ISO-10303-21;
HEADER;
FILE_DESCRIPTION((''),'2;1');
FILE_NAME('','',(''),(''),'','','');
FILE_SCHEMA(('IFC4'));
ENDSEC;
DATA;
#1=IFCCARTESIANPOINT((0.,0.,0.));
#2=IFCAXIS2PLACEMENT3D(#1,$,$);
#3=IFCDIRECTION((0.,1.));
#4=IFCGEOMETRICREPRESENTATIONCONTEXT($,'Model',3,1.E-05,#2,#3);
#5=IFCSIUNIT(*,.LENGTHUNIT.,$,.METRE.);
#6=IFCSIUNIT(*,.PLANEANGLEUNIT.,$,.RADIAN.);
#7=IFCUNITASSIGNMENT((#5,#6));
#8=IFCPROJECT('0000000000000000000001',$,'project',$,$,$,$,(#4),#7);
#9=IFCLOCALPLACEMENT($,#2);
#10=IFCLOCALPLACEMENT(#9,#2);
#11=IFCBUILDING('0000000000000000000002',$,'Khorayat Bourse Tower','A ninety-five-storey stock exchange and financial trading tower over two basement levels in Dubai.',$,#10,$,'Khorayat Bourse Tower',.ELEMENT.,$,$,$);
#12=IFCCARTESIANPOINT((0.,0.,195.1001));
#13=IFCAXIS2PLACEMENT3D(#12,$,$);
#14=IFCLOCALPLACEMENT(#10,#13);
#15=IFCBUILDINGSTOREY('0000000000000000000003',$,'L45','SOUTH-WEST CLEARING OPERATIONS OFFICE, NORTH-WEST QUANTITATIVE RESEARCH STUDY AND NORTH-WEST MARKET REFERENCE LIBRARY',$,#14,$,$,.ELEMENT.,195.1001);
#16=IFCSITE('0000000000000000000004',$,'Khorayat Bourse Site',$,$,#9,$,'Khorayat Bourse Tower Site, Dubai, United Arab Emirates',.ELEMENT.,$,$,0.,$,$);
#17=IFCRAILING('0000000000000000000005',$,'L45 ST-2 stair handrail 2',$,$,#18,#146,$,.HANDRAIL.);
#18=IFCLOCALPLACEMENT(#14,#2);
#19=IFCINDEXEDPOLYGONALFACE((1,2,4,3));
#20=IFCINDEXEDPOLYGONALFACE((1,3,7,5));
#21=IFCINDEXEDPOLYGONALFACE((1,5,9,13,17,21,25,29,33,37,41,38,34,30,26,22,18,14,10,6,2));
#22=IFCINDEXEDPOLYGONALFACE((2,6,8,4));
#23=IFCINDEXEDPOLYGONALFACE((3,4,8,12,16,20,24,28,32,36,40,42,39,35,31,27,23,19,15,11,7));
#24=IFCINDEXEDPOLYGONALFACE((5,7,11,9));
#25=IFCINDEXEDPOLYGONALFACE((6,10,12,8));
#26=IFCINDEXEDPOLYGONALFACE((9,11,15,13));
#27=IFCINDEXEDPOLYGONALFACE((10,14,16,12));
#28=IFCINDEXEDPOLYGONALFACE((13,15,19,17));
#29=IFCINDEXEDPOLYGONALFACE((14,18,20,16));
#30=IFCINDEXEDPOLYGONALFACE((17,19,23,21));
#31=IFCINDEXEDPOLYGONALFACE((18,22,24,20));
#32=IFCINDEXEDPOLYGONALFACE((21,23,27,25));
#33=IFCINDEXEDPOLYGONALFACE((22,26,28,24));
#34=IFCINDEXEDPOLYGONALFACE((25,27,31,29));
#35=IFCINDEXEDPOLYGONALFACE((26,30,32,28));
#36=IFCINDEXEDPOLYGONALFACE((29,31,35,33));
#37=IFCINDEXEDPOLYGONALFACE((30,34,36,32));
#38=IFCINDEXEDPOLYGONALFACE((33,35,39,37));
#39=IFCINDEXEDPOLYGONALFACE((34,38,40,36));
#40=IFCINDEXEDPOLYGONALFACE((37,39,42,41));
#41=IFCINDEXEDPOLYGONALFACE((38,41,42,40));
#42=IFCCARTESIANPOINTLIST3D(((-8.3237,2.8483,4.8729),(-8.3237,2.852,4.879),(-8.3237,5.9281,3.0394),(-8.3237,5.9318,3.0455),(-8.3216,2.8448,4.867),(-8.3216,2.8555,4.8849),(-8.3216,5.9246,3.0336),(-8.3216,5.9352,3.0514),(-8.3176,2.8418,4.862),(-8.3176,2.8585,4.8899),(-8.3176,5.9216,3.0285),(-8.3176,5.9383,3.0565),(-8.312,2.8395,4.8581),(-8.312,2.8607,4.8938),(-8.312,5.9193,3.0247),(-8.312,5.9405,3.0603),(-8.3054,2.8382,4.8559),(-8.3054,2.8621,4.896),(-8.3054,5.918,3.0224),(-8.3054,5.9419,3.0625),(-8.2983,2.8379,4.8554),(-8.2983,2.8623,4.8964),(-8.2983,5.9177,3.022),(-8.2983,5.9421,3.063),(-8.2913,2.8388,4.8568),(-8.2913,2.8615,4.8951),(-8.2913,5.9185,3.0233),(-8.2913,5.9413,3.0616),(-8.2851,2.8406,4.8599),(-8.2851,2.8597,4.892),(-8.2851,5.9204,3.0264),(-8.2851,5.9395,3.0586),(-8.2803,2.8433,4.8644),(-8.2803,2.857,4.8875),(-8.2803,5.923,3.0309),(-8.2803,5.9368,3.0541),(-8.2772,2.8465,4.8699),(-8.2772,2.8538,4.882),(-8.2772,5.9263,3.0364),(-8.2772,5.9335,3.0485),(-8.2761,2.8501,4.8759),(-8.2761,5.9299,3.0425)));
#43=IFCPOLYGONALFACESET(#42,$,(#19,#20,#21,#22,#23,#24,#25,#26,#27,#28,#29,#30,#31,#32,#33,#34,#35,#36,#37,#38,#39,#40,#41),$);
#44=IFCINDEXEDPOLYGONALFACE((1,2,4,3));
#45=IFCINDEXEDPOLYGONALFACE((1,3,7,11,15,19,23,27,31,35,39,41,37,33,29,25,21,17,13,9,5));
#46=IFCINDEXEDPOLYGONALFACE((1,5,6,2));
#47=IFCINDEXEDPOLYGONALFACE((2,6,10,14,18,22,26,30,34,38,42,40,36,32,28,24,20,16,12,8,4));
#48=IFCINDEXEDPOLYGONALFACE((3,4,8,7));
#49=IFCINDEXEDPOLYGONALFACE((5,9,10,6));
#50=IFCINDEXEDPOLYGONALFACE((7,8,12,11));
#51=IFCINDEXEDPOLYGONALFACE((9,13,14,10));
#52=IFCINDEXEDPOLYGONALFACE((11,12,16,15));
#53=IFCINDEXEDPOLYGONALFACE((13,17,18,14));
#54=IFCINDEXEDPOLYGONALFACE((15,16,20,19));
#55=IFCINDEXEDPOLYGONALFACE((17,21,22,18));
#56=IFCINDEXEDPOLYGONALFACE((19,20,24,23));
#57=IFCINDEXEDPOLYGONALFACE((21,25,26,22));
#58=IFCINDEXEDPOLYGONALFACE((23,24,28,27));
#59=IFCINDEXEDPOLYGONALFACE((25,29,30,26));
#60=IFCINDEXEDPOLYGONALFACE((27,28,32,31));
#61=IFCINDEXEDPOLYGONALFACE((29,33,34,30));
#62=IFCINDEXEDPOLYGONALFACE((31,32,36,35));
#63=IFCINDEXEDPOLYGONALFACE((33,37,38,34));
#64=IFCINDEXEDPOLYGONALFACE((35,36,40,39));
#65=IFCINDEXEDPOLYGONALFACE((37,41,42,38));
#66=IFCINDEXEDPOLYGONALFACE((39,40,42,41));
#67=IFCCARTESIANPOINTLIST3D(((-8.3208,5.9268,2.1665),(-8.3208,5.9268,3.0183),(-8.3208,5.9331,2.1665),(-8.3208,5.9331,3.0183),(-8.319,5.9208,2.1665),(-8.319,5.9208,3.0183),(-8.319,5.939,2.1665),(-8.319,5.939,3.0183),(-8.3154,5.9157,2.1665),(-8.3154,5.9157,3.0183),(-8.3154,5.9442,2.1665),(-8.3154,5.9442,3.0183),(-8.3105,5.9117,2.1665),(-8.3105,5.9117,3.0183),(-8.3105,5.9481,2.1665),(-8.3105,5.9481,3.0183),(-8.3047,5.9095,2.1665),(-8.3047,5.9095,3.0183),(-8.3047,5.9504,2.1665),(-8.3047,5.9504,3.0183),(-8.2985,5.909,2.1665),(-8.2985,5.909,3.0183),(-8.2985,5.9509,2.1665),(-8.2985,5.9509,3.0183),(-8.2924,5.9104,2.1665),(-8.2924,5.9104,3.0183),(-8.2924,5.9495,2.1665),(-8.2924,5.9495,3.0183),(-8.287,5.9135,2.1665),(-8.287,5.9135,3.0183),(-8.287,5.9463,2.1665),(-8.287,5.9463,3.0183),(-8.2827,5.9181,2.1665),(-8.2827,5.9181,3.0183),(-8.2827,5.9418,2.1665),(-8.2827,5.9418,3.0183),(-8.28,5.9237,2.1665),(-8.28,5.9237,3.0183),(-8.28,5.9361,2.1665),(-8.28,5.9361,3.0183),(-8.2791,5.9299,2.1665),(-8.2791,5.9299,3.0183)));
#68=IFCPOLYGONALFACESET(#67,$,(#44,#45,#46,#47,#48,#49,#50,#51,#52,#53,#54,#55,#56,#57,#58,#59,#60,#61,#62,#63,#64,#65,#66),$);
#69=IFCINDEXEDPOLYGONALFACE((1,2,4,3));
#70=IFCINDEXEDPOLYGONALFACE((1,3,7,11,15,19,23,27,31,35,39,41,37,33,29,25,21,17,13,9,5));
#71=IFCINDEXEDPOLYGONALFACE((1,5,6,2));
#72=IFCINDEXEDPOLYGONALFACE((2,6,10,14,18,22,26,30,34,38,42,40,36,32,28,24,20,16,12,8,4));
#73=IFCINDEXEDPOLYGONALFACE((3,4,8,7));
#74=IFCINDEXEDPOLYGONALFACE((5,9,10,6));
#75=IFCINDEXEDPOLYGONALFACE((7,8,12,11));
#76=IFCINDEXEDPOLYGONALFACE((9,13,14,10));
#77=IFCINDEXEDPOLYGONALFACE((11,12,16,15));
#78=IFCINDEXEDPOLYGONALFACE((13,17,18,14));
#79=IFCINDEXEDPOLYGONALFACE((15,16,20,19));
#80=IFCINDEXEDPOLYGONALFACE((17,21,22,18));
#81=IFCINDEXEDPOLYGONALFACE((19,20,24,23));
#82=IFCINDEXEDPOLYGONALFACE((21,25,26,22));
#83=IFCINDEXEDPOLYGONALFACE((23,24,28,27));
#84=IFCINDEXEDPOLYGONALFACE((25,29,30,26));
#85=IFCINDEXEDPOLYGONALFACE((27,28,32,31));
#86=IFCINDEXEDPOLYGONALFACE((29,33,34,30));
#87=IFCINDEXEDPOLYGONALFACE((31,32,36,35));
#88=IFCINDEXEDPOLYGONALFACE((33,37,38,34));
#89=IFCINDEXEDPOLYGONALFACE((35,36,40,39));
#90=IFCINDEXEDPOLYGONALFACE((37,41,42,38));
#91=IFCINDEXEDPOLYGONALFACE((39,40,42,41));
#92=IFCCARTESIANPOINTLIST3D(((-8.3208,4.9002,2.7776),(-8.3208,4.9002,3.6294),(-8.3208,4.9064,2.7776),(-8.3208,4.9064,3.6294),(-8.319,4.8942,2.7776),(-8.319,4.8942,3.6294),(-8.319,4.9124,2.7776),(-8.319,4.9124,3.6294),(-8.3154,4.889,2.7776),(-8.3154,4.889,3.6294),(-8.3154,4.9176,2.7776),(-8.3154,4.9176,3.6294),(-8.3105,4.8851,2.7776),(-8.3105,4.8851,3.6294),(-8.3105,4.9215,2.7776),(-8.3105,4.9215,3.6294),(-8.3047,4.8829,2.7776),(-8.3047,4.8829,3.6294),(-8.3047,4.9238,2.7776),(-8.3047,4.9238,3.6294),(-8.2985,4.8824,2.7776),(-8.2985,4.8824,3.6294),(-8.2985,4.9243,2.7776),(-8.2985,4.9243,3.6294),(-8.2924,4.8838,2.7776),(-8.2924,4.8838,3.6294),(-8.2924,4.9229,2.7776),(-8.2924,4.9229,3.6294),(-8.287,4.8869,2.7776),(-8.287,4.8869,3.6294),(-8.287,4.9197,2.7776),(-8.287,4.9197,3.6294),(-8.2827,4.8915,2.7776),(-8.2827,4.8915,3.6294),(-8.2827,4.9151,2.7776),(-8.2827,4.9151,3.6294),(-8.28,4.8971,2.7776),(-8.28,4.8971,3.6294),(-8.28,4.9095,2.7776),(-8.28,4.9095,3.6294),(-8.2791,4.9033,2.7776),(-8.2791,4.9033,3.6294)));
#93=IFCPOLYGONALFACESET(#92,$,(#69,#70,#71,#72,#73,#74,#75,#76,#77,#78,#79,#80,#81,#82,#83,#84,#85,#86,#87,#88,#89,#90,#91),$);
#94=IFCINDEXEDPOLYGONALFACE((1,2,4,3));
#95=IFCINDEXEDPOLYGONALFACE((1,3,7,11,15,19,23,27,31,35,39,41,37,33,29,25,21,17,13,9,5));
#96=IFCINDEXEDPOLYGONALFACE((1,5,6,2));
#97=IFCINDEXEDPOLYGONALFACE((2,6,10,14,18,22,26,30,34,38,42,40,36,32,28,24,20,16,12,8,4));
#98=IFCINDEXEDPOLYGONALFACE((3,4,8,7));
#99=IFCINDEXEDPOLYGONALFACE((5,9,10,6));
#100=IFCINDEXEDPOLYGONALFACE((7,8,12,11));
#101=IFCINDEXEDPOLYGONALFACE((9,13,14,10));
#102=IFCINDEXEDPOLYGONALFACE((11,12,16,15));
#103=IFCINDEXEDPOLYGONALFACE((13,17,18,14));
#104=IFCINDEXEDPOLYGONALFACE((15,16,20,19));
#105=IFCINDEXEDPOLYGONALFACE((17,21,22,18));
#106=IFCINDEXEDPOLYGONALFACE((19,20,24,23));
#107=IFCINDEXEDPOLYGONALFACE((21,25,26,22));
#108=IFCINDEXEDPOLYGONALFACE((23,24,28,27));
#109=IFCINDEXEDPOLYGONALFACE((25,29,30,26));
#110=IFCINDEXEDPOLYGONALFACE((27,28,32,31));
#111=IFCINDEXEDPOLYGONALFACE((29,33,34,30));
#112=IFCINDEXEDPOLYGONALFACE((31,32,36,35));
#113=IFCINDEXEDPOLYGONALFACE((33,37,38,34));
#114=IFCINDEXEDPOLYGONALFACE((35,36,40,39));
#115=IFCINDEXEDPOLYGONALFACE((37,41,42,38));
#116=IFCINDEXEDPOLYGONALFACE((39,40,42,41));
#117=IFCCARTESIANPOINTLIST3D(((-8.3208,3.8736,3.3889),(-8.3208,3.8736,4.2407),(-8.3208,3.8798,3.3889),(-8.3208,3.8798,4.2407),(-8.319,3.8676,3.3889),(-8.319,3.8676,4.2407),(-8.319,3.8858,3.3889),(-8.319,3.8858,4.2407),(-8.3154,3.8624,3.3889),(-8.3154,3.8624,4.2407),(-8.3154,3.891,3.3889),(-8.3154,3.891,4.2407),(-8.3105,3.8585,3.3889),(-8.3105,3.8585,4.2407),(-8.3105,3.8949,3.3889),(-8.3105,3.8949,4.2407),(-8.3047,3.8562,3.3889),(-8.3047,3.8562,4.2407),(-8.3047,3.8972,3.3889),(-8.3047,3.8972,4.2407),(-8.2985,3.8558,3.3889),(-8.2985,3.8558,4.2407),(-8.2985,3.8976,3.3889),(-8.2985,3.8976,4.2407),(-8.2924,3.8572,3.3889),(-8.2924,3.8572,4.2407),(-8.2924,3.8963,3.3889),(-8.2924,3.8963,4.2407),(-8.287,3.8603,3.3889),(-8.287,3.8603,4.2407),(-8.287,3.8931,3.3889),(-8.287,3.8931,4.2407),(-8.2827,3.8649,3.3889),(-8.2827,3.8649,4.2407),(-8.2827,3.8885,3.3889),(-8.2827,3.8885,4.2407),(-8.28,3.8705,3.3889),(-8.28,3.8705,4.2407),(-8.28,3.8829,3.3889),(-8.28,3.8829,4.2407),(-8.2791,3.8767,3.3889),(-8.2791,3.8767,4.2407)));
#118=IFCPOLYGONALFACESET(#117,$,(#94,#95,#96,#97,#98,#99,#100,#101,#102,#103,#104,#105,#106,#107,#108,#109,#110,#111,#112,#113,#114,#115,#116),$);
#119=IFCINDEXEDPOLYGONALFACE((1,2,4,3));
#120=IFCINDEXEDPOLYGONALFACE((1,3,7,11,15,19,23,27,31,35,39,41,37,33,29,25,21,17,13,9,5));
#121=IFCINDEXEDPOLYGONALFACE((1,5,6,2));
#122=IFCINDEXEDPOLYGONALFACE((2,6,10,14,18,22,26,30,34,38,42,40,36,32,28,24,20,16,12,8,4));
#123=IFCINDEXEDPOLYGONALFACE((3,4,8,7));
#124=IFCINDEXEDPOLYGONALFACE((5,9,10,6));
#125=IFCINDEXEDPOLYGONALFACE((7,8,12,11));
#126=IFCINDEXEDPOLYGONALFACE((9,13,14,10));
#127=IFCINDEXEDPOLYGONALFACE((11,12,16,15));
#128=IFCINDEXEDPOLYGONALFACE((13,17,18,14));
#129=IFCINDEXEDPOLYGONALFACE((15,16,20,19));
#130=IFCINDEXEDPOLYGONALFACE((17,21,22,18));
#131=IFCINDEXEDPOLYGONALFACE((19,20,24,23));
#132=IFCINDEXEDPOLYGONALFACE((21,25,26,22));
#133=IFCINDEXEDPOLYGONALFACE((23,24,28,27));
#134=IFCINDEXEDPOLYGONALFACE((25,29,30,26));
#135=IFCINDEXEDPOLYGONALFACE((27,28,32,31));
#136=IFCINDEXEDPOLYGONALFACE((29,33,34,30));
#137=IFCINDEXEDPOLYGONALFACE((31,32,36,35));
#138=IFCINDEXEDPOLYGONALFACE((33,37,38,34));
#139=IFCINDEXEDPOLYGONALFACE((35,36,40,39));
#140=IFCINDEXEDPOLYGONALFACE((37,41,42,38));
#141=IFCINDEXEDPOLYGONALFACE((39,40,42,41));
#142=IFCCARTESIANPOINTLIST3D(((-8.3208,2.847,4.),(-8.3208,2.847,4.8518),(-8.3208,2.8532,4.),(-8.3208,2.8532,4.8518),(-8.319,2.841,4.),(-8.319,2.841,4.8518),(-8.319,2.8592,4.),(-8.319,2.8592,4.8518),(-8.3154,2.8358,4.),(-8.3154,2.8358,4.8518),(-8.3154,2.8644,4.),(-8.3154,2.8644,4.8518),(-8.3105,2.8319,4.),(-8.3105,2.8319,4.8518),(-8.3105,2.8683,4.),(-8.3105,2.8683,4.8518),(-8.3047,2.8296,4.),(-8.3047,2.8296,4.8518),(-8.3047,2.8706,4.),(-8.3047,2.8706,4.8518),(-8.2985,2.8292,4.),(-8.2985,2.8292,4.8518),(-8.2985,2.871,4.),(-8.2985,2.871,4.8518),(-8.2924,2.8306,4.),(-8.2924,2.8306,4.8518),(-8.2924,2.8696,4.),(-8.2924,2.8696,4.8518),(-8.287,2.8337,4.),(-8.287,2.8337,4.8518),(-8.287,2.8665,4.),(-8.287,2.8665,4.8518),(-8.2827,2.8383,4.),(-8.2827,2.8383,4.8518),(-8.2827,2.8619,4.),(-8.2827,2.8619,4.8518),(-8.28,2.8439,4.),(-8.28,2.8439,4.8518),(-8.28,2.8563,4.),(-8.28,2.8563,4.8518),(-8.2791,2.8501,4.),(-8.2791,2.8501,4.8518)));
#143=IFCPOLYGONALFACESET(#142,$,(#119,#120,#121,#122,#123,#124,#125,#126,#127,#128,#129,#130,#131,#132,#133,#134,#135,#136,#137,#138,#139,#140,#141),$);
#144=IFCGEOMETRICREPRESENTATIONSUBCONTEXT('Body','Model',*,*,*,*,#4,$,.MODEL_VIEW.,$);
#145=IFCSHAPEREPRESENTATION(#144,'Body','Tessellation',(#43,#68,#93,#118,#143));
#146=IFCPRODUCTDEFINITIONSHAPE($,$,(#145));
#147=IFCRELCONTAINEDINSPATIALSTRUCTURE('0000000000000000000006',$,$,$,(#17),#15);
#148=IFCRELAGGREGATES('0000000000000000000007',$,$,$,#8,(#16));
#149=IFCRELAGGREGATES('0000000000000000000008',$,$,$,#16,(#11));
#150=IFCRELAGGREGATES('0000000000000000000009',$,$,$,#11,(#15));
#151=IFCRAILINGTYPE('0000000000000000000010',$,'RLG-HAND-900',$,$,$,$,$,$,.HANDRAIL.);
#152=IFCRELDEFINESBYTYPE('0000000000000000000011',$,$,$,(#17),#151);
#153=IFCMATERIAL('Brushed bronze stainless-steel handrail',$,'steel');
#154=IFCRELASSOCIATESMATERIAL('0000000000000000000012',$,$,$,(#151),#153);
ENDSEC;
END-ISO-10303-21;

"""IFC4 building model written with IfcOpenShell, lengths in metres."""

from ifc_helpers import new_model, si_unit, direction, frame, origin, origin_2d, place, context, subcontext, project, spatial, circle, extrude, source, transform, mapped, material, type_object, element, save


model = new_model("IFC4")

# Units and contexts
model_context = context("Model", 3, precision=1e-05, world=origin(), true_north=direction((0.0, 1.0)))
body_context = subcontext(model_context, "Body", "Model", "MODEL_VIEW")
ifc_project = project(units=[si_unit("LENGTHUNIT", "METRE"), si_unit("PLANEANGLEUNIT", "RADIAN")], contexts=[model_context])

# Site, building, storey
site_placement = place(None, origin())
site = spatial("IfcSite", under=ifc_project, at=site_placement, Name="Khorayat Bourse Site", LongName="Khorayat Bourse Tower Site, Dubai, United Arab Emirates", CompositionType="ELEMENT", RefElevation=0.0)
building_placement = place(site_placement, origin())
building = spatial("IfcBuilding", under=site, at=building_placement, Name="Khorayat Bourse Tower", Description="A ninety-five-storey stock exchange and financial trading tower over two basement levels in Dubai.", LongName="Khorayat Bourse Tower", CompositionType="ELEMENT")
storey_placement = place(building_placement, frame((0.0, 0.0, 195.1001)))
storey = spatial("IfcBuildingStorey", under=building, at=storey_placement, Name="L45", Description="SOUTH-WEST CLEARING OPERATIONS OFFICE, NORTH-WEST QUANTITATIVE RESEARCH STUDY AND NORTH-WEST MARKET REFERENCE LIBRARY", CompositionType="ELEMENT", Elevation=195.1001)

# Railing
ifc_material_1 = material(Name="Brushed bronze stainless-steel handrail", Category="steel")
railing_type_1 = type_object("IfcRailingType", Name="RLG-HAND-900", PredefinedType="HANDRAIL", material=ifc_material_1)
shared_shape_1 = source(origin(), body_context, "Body", "SweptSolid", [
    extrude(circle(Radius=0.0239, at=origin_2d()), frame((0.0, 0.0, 0.876), z_axis=(0.0, -0.859261, 0.511538), x_axis=(1.0, 0.0, 0.0)), (0.0, 0.0, 1.0), 3.5842),
    extrude(circle(Radius=0.021, at=origin_2d()), origin(), (0.0, 0.0, 1.0), 0.8518),
    extrude(circle(Radius=0.021, at=origin_2d()), frame((0.0, -1.0266, 0.6111)), (0.0, 0.0, 1.0), 0.8518),
    extrude(circle(Radius=0.021, at=origin_2d()), frame((0.0, -2.0532, 1.2224)), (0.0, 0.0, 1.0), 0.8518),
    extrude(circle(Radius=0.021, at=origin_2d()), frame((0.0, -3.0798, 1.8335)), (0.0, 0.0, 1.0), 0.8518),
])
railing_1_placement = place(storey_placement, frame((-8.3, 5.9299, 2.1665)))
element("IfcRailing", 1, at=railing_1_placement, inside=storey, type_object=railing_type_1, Name="L45 ST-2 stair handrail 2", PredefinedType="HANDRAIL", context=body_context, shape_type="MappedRepresentation", body=[
    mapped(shared_shape_1, transform((0.0, 0.0, 0.0), scale=1.0)),
])

save(model, "model.ifc")
